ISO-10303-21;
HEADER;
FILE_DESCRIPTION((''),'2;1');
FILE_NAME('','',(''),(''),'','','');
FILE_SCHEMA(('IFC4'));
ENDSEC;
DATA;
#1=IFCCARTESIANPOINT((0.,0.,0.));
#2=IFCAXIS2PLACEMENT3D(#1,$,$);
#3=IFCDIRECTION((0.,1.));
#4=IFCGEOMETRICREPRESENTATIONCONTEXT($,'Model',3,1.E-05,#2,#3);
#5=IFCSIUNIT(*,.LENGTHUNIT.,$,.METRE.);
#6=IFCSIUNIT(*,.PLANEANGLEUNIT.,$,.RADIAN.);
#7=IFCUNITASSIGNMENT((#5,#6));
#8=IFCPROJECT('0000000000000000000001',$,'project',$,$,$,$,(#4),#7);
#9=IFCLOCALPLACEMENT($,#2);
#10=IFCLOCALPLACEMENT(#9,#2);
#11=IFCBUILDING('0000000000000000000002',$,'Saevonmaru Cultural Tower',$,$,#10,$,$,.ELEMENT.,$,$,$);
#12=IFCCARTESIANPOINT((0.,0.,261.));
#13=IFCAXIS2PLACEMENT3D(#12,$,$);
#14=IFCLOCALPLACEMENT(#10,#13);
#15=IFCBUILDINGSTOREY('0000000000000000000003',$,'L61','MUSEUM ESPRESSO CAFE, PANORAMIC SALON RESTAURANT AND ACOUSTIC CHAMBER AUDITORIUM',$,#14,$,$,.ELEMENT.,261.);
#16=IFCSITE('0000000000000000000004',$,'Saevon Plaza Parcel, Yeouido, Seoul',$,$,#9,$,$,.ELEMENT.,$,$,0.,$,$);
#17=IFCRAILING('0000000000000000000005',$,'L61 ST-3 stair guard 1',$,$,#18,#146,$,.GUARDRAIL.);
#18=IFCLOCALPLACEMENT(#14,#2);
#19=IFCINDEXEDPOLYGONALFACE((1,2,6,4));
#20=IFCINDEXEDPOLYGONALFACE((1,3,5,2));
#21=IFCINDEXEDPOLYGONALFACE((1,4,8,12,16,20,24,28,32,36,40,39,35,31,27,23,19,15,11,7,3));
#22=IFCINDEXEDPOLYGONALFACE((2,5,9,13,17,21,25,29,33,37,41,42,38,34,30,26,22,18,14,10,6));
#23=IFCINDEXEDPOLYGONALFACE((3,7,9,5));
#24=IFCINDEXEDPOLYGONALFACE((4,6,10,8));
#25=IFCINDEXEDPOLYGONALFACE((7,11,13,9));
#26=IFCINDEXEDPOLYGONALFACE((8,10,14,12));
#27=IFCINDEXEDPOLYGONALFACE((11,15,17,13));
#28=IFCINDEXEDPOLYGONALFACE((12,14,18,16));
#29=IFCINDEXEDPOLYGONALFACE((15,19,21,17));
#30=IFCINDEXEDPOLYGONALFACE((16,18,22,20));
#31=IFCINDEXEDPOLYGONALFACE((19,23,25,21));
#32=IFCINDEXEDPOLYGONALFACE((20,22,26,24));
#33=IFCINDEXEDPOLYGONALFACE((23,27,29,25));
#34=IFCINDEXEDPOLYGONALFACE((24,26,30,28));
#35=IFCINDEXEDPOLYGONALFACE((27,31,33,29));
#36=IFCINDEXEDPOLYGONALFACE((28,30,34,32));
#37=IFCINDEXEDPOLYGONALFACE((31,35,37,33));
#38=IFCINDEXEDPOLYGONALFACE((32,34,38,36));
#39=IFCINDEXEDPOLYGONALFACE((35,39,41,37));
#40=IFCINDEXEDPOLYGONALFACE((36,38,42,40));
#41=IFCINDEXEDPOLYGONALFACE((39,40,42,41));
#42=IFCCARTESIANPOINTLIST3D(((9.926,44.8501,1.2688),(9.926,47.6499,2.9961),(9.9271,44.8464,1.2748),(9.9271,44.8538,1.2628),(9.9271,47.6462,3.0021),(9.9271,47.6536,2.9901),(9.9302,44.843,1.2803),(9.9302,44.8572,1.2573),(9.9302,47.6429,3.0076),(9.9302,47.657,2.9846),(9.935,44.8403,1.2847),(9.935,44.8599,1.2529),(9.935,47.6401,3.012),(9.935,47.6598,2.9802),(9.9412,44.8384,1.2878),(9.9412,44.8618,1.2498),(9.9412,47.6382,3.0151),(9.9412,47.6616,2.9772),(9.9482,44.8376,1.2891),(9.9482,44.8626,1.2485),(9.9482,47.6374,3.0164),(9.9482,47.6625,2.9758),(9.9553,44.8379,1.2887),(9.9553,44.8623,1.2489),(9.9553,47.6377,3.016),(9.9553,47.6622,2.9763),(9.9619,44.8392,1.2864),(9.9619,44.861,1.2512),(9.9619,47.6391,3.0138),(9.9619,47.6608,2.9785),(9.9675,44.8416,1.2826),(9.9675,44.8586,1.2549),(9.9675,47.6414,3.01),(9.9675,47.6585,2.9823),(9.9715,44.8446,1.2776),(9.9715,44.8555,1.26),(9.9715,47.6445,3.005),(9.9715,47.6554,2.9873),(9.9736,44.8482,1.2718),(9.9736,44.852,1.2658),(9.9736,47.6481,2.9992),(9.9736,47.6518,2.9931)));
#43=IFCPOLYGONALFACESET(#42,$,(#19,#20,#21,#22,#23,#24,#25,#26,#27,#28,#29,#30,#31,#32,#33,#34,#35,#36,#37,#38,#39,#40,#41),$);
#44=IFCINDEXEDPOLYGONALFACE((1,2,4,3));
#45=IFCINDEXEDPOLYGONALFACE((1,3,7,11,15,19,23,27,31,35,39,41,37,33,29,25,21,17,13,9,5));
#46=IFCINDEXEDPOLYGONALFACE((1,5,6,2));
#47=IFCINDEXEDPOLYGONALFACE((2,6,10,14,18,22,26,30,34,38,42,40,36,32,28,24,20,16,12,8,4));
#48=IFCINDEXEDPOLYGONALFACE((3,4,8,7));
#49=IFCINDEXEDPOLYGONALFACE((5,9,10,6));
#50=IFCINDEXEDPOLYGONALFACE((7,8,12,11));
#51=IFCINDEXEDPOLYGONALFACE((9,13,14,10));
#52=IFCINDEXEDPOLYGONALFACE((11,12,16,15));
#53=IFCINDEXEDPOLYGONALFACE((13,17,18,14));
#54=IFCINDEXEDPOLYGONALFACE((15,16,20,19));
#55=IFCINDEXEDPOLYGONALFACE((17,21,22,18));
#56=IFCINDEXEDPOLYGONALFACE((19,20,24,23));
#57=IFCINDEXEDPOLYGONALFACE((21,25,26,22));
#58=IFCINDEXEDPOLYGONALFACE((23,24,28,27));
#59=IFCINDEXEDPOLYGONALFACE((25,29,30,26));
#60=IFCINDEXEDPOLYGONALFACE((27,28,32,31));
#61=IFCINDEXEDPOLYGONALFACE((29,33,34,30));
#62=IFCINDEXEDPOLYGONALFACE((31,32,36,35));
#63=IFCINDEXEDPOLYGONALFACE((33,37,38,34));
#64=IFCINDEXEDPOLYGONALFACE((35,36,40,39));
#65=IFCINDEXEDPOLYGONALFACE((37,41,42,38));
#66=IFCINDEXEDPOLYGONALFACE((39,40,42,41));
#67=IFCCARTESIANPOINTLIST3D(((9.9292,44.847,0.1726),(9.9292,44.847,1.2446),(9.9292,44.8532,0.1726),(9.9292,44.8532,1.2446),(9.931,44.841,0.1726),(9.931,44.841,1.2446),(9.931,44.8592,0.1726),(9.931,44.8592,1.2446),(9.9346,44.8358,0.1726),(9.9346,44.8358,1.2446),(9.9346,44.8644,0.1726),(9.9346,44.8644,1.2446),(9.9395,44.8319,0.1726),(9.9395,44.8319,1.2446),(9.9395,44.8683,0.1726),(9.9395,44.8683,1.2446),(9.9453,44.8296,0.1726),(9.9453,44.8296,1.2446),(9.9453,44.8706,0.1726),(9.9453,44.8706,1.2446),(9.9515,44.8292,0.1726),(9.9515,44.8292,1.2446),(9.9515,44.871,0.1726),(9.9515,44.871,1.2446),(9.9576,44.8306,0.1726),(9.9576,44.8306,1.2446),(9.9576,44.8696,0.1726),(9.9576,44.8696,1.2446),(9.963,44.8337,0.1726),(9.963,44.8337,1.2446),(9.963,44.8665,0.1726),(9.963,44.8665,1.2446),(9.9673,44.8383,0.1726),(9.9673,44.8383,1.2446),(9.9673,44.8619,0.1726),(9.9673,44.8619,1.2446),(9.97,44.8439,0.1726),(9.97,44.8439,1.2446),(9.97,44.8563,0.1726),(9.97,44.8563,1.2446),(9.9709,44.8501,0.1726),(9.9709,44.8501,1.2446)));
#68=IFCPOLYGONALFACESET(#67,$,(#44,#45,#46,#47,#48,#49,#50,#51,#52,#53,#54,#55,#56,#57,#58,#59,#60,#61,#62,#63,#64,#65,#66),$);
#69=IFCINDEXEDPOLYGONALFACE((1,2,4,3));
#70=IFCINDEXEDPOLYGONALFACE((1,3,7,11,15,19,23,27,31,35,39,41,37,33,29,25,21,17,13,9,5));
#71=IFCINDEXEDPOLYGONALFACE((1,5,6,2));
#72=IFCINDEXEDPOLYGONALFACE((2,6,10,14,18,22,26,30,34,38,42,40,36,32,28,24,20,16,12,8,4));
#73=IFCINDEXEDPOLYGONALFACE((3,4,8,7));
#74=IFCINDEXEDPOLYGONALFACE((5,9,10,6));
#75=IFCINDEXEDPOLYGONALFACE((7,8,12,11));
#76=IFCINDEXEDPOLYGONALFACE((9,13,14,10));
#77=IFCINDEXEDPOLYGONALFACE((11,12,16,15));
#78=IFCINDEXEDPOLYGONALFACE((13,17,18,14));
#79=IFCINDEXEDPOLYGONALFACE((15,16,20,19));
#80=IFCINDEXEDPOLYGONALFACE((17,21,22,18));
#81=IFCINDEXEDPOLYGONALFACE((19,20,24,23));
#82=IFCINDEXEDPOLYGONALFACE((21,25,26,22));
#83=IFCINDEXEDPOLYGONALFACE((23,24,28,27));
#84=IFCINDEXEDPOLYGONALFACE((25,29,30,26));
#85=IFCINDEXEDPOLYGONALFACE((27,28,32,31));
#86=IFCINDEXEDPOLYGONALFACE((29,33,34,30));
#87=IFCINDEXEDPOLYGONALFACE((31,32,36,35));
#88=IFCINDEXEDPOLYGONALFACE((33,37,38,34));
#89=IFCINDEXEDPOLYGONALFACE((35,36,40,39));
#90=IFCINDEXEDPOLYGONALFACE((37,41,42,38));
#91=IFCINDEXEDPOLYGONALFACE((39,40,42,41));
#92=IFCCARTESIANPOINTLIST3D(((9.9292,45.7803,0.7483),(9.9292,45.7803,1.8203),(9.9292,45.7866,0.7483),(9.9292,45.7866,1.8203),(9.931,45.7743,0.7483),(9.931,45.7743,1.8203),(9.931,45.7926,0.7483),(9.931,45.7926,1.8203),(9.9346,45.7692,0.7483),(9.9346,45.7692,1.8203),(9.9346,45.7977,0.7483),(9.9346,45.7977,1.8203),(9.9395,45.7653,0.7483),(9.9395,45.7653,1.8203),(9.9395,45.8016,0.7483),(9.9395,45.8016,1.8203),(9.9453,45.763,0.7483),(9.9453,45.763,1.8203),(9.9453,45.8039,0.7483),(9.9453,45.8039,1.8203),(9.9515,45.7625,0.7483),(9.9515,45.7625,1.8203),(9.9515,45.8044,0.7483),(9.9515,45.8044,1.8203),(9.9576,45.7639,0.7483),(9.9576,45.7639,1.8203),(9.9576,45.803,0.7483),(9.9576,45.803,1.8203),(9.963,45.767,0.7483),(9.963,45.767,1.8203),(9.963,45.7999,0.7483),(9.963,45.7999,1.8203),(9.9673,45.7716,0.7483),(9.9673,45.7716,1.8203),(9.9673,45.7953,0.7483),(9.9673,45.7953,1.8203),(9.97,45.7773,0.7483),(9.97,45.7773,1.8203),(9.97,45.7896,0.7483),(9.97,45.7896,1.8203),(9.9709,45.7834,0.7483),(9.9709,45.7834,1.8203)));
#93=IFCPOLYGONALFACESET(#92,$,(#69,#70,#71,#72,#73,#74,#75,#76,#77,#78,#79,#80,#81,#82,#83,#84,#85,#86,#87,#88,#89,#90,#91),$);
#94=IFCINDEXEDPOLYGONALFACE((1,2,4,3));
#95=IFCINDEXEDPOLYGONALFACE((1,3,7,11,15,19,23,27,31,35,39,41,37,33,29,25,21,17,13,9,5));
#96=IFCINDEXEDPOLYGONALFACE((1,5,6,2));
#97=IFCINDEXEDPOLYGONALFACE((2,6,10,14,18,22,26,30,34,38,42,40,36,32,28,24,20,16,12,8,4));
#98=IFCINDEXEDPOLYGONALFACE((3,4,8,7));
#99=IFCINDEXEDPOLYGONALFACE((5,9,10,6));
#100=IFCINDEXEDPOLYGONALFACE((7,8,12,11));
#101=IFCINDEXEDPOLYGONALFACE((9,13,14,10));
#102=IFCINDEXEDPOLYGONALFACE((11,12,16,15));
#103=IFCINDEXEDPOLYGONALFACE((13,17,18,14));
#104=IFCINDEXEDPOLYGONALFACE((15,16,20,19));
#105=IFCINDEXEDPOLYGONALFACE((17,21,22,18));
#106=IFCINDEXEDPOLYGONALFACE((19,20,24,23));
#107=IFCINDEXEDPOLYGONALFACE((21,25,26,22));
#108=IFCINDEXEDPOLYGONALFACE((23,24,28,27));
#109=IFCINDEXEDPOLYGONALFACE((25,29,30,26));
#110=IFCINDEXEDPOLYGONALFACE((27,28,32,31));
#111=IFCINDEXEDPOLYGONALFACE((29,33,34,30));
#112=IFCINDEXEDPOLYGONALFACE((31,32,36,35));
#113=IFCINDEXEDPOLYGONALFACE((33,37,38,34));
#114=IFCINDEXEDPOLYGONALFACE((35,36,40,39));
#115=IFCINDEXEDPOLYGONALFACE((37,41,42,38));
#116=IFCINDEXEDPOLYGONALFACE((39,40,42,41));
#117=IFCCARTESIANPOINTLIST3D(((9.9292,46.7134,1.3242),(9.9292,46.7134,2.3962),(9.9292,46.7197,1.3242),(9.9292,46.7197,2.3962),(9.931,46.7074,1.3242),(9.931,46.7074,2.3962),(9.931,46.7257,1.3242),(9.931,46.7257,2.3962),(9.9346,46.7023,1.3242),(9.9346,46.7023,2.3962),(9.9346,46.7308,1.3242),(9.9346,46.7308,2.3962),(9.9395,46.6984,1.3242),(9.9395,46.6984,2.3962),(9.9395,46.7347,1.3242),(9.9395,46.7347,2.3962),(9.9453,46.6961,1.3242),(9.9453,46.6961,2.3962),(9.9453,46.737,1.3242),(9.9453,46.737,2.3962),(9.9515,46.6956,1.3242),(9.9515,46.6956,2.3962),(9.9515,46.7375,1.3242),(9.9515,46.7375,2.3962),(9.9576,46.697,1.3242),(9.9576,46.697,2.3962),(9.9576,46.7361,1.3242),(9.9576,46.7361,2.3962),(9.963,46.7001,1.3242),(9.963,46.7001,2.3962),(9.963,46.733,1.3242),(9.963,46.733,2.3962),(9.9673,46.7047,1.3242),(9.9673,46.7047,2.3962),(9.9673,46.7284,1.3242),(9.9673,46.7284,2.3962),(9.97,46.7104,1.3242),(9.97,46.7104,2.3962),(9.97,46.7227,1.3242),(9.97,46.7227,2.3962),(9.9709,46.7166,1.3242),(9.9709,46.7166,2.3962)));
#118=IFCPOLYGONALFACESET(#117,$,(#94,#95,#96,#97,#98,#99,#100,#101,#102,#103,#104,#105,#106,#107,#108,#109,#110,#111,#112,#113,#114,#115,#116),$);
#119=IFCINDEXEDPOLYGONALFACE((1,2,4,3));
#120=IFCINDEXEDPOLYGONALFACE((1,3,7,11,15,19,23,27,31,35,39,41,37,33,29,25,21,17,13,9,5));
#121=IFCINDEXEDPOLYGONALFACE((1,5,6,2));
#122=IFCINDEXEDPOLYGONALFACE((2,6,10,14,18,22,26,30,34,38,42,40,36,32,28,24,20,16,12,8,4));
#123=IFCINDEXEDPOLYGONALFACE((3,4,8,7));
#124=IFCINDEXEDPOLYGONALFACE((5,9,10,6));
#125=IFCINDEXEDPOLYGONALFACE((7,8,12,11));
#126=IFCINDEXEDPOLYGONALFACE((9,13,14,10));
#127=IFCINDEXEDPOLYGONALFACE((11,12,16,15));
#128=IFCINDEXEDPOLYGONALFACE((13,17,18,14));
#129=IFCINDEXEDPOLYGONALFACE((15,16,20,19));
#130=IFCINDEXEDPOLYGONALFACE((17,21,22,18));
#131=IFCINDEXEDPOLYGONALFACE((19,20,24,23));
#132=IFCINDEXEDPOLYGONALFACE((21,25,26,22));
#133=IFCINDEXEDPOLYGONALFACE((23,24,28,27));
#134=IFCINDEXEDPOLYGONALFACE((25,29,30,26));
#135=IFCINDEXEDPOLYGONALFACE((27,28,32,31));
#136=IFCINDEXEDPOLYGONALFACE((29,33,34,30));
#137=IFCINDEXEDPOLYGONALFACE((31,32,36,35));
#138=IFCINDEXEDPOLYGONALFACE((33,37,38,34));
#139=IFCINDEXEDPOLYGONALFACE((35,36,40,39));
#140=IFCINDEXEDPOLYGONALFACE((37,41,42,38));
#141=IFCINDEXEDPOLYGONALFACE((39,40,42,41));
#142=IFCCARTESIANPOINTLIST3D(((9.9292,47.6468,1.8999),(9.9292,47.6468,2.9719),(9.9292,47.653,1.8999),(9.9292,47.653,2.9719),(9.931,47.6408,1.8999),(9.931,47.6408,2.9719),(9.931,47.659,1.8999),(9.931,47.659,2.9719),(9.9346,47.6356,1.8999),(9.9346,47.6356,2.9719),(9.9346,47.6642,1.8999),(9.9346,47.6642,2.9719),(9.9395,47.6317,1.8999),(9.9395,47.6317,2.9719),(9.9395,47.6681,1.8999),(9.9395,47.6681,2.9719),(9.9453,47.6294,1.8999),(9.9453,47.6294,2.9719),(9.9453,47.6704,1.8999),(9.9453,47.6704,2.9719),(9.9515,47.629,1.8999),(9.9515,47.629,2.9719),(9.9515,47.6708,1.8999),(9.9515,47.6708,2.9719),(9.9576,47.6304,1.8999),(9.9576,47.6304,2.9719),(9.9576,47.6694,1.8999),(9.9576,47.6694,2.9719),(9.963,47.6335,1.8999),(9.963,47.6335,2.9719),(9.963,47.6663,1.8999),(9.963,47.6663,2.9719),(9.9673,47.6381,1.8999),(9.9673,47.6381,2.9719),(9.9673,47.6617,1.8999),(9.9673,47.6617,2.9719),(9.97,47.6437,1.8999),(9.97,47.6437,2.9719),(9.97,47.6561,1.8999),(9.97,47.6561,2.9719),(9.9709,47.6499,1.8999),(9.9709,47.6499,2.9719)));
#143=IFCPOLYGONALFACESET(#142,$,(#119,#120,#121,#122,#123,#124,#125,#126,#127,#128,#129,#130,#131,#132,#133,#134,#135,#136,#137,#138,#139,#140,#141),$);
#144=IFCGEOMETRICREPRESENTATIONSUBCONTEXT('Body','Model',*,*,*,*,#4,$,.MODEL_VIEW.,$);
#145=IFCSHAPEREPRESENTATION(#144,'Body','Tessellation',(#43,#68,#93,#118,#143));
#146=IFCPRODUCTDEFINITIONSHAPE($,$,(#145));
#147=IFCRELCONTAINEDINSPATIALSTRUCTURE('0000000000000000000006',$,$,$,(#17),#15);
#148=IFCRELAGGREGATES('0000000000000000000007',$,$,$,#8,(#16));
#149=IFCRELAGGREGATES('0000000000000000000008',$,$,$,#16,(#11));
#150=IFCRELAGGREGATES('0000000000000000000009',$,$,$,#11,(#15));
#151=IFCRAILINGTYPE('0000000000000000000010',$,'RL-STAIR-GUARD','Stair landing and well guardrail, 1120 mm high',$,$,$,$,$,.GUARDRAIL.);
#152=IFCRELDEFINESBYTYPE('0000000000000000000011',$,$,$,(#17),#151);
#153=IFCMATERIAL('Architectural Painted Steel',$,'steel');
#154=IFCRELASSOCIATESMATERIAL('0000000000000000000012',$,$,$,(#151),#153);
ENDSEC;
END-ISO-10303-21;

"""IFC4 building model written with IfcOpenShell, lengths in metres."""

from ifc_helpers import new_model, si_unit, direction, frame, origin, origin_2d, place, context, subcontext, project, spatial, circle, extrude, material, type_object, element, save


model = new_model("IFC4")

# Units and contexts
model_context = context("Model", 3, precision=1e-05, world=origin(), true_north=direction((0.0, 1.0)))
body_context = subcontext(model_context, "Body", "Model", "MODEL_VIEW")
ifc_project = project(units=[si_unit("LENGTHUNIT", "METRE"), si_unit("PLANEANGLEUNIT", "RADIAN")], contexts=[model_context])

# Site, building, storey
site_placement = place(None, origin())
site = spatial("IfcSite", under=ifc_project, at=site_placement, Name="Saevon Plaza Parcel, Yeouido, Seoul", CompositionType="ELEMENT", RefElevation=0.0)
building_placement = place(site_placement, origin())
building = spatial("IfcBuilding", under=site, at=building_placement, Name="Saevonmaru Cultural Tower", CompositionType="ELEMENT")
storey_placement = place(building_placement, frame((0.0, 0.0, 261.0)))
storey = spatial("IfcBuildingStorey", under=building, at=storey_placement, Name="L61", Description="MUSEUM ESPRESSO CAFE, PANORAMIC SALON RESTAURANT AND ACOUSTIC CHAMBER AUDITORIUM", CompositionType="ELEMENT", Elevation=261.0)

# Railing
ifc_material_1 = material(Name="Architectural Painted Steel", Category="steel")
railing_type_1 = type_object("IfcRailingType", Name="RL-STAIR-GUARD", Description="Stair landing and well guardrail, 1120 mm high", PredefinedType="GUARDRAIL", material=ifc_material_1)
railing_1_placement = place(storey_placement, frame((9.95, 44.8501, 0.1726)))
element("IfcRailing", 1, at=railing_1_placement, inside=storey, type_object=railing_type_1, Name="L61 ST-3 stair guard 1", PredefinedType="GUARDRAIL", context=body_context, shape_type="SweptSolid", body=[
    extrude(circle(Radius=0.0239, at=origin_2d()), frame((0.0, 0.0, 1.0962), z_axis=(0.0, 0.851069, 0.525054), x_axis=(-1.0, 0.0, 0.0)), (0.0, 0.0, 1.0), 3.2898),
    extrude(circle(Radius=0.021, at=origin_2d()), origin(), (0.0, 0.0, 1.0), 1.072),
    extrude(circle(Radius=0.021, at=origin_2d()), frame((0.0, 0.9333, 0.5757)), (0.0, 0.0, 1.0), 1.072),
    extrude(circle(Radius=0.021, at=origin_2d()), frame((0.0, 1.8665, 1.1516)), (0.0, 0.0, 1.0), 1.072),
    extrude(circle(Radius=0.021, at=origin_2d()), frame((0.0, 2.7998, 1.7273)), (0.0, 0.0, 1.0), 1.072),
])

save(model, "model.ifc")
